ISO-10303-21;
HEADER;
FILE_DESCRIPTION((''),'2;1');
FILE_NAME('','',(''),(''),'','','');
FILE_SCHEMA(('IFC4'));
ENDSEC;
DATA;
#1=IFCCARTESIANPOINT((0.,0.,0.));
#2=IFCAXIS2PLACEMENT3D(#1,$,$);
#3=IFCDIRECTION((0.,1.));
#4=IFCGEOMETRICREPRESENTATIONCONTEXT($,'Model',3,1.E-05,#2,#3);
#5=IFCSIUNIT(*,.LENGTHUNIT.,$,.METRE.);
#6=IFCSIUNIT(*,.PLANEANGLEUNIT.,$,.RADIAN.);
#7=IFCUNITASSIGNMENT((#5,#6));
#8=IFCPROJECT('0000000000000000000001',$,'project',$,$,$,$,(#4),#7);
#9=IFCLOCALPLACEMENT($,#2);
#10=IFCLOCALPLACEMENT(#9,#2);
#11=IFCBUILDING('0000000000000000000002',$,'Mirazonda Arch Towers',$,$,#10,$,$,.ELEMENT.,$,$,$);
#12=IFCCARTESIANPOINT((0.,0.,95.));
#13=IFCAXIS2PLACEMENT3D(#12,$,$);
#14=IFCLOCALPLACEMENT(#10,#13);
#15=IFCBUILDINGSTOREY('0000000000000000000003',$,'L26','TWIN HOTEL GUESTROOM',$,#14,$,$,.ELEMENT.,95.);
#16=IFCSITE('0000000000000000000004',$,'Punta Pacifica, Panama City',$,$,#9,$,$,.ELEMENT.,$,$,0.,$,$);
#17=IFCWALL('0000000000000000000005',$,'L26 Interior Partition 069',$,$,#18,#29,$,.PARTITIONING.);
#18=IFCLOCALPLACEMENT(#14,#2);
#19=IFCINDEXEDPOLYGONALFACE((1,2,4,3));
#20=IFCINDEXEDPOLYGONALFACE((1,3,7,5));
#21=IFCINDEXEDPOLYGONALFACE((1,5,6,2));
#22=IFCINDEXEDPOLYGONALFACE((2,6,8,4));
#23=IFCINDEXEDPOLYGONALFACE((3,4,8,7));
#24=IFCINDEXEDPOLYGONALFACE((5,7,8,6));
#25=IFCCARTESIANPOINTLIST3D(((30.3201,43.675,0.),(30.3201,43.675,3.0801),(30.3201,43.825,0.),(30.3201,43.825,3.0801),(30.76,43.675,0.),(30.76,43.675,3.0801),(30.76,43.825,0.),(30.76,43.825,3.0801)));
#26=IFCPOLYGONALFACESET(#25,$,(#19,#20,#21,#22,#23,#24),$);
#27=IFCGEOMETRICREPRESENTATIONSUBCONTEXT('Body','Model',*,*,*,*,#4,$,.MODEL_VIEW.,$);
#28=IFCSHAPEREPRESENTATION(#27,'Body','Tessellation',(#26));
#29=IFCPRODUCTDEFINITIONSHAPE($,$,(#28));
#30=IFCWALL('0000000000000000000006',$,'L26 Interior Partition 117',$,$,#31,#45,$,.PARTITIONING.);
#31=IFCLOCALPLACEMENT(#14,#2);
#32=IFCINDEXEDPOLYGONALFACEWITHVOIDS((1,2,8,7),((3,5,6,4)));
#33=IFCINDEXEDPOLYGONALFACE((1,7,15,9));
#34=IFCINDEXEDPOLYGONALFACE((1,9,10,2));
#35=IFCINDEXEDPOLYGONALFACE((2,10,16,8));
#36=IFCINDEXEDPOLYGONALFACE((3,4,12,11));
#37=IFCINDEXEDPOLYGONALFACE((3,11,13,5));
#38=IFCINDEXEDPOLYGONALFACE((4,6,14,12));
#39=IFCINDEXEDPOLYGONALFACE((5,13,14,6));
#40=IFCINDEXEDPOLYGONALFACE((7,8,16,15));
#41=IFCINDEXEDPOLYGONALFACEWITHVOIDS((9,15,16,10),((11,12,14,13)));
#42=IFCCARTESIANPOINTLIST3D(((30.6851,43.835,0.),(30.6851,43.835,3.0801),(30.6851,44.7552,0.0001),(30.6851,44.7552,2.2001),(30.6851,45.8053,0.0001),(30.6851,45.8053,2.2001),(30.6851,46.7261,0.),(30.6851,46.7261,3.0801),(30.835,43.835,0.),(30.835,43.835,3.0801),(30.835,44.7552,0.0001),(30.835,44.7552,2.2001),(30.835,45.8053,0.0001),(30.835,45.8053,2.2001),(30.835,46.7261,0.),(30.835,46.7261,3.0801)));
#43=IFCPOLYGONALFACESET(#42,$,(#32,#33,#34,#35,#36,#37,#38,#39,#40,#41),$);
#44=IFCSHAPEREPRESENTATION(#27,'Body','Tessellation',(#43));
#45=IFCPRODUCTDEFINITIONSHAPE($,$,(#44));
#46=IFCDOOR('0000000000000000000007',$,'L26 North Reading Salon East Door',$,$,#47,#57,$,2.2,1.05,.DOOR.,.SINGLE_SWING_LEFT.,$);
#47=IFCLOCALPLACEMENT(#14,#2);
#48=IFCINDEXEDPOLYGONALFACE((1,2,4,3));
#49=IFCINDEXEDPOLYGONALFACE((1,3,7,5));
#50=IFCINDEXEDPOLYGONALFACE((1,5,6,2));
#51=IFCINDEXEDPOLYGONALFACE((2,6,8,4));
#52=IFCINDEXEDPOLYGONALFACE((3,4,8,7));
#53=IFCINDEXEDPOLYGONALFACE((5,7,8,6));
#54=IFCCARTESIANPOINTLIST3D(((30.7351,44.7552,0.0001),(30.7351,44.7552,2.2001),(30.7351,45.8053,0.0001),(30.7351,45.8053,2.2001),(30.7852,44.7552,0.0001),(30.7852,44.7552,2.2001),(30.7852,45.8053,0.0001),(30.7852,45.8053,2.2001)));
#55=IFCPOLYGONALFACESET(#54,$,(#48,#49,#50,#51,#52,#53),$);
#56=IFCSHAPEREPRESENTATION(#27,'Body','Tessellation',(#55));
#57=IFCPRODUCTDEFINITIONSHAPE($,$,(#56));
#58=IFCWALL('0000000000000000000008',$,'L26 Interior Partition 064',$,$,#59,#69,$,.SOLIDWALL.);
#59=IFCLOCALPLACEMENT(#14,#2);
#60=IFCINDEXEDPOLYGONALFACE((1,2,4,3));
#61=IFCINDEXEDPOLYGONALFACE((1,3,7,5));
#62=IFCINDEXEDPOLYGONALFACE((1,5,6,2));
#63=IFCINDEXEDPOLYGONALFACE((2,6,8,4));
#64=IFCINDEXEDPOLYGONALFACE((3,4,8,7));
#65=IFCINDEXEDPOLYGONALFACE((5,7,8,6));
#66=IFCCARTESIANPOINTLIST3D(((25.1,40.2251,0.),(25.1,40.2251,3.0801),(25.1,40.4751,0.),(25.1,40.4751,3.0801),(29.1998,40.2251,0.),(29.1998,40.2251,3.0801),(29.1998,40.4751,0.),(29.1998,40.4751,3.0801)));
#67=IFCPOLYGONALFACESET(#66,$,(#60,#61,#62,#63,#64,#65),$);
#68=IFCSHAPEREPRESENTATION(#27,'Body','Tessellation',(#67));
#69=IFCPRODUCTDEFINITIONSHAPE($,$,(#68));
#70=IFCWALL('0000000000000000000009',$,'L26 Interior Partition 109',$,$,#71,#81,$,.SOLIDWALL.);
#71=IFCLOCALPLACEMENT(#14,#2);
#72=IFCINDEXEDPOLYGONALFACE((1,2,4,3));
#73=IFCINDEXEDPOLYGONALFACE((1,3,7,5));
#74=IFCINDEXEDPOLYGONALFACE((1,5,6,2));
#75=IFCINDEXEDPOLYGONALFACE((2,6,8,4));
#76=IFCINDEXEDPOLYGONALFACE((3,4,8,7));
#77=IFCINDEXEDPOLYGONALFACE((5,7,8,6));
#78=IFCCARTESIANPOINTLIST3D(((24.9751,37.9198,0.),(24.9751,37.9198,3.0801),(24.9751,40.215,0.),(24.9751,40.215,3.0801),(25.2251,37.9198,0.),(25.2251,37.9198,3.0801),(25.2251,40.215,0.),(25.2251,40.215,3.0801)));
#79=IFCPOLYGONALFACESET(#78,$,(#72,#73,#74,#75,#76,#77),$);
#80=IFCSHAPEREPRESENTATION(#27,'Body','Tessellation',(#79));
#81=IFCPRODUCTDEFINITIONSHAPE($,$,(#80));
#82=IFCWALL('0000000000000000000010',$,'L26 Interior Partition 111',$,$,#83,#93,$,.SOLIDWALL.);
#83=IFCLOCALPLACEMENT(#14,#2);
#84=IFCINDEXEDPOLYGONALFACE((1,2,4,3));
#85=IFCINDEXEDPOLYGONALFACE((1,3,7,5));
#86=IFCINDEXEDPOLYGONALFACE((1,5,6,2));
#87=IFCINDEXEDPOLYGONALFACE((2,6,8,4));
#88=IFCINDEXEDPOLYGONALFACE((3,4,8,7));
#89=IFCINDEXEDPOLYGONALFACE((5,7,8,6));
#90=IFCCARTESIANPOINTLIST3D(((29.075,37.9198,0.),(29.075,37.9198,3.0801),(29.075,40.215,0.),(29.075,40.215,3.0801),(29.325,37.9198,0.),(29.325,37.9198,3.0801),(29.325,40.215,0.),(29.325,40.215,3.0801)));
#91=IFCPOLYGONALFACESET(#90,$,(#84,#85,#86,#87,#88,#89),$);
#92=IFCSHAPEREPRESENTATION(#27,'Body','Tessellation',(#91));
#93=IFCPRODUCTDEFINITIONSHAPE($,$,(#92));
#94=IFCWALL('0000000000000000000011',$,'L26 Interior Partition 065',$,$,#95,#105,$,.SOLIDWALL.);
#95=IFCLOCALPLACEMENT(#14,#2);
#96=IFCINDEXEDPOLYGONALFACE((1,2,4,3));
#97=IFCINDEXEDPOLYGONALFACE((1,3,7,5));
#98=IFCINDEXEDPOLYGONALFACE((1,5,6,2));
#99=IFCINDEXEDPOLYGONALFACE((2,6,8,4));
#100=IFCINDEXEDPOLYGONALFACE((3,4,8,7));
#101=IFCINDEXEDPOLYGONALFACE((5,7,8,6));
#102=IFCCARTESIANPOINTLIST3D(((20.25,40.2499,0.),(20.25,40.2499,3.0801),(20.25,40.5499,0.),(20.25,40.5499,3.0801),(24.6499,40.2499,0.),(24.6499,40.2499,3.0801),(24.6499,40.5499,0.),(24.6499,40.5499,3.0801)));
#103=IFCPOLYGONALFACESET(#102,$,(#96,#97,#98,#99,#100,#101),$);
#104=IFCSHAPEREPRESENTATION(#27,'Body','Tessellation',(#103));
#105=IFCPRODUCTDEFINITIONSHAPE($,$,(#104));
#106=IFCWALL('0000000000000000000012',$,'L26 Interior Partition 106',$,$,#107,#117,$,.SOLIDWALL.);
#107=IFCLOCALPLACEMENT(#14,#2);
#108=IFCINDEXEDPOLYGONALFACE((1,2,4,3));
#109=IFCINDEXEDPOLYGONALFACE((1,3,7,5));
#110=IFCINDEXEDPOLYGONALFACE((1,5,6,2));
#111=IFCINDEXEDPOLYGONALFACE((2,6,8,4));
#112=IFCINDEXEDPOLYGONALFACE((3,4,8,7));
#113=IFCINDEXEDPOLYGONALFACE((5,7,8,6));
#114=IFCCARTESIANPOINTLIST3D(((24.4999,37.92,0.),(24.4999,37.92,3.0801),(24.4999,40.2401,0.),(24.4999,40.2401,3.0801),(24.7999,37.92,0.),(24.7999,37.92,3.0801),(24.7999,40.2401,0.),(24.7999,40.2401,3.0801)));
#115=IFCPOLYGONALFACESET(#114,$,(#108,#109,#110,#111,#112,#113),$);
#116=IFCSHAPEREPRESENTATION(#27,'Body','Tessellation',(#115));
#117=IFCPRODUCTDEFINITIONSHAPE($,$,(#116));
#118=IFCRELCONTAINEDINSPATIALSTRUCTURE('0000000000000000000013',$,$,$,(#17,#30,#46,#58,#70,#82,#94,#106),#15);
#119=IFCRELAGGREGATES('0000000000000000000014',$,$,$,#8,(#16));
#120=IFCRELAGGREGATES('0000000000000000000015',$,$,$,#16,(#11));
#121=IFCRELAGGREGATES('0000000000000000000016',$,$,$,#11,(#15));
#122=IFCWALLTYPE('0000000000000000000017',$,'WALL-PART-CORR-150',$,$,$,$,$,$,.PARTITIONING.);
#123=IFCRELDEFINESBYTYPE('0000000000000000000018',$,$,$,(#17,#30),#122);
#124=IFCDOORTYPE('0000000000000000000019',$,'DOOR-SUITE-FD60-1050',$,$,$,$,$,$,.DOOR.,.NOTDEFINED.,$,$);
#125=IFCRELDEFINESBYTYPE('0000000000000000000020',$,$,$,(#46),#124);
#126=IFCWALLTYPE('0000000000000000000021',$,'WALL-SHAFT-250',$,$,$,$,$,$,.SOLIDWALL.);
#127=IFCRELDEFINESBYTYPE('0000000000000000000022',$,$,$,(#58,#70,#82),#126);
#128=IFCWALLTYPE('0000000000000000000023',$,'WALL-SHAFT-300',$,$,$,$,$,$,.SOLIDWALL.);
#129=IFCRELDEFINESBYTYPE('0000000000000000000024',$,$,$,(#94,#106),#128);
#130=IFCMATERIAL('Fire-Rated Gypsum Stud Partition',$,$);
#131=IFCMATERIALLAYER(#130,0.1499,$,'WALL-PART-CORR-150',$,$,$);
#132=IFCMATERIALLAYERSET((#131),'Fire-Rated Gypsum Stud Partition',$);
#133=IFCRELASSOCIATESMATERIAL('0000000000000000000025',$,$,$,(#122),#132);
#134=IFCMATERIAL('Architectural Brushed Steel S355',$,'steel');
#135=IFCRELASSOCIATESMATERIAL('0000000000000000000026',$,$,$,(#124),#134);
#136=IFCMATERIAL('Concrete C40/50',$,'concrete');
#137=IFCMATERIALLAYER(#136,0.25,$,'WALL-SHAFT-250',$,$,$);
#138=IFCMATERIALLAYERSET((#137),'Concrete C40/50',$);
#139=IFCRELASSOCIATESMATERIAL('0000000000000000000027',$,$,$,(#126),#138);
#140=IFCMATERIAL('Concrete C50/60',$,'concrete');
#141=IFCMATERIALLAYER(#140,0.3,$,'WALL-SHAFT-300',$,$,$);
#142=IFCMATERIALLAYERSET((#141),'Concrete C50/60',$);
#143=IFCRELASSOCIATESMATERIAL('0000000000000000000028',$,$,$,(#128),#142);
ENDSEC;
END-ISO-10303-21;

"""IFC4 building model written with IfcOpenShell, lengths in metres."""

from ifc_helpers import new_model, si_unit, direction, frame, frame_2d, origin, place, context, subcontext, project, spatial, rectangle, extrude, material, layer, layer_set, type_object, element, fill, save


model = new_model("IFC4")

# Units and contexts
model_context = context("Model", 3, precision=1e-05, world=origin(), true_north=direction((0.0, 1.0)))
body_context = subcontext(model_context, "Body", "Model", "MODEL_VIEW")
ifc_project = project(units=[si_unit("LENGTHUNIT", "METRE"), si_unit("PLANEANGLEUNIT", "RADIAN")], contexts=[model_context])

# Site, building, storey
site_placement = place(None, origin())
site = spatial("IfcSite", under=ifc_project, at=site_placement, Name="Punta Pacifica, Panama City", CompositionType="ELEMENT", RefElevation=0.0)
building_placement = place(site_placement, origin())
building = spatial("IfcBuilding", under=site, at=building_placement, Name="Mirazonda Arch Towers", CompositionType="ELEMENT")
storey_placement = place(building_placement, frame((0.0, 0.0, 95.0)))
storey = spatial("IfcBuildingStorey", under=building, at=storey_placement, Name="L26", Description="TWIN HOTEL GUESTROOM", CompositionType="ELEMENT", Elevation=95.0)

# Shared definitions
ifc_material_1 = material(Name="Concrete C50/60", Category="concrete")

# Wall
ifc_material_2 = material(Name="Fire-Rated Gypsum Stud Partition")
ifc_layer_1 = layer(ifc_material_2, 0.1499, Name="WALL-PART-CORR-150")
ifc_layer_set_1 = layer_set([ifc_layer_1], Name="Fire-Rated Gypsum Stud Partition")
wall_type_1 = type_object("IfcWallType", Name="WALL-PART-CORR-150", PredefinedType="PARTITIONING", material=ifc_layer_set_1)
wall_1_placement = place(storey_placement, frame((30.3201, 43.75, 0.0), z_axis=(0.0, 0.0, 1.0), x_axis=(1.0, 0.0, 0.0)))
element("IfcWall", 1, at=wall_1_placement, inside=storey, type_object=wall_type_1, Name="L26 Interior Partition 069", PredefinedType="PARTITIONING", context=body_context, shape_type="SweptSolid", body=[
    extrude(rectangle(XDim=0.4399, YDim=0.1499, at=frame_2d((0.22, 0.0))), origin(), (0.0, 0.0, 1.0), 3.0801),
])

# Wall, opening, door
wall_2_placement = place(storey_placement, frame((30.76, 43.835, 0.0), z_axis=(0.0, 0.0, 1.0), x_axis=(0.0, 1.0, 0.0)))
wall_2 = element("IfcWall", 2, at=wall_2_placement, inside=storey, type_object=wall_type_1, Name="L26 Interior Partition 117", PredefinedType="PARTITIONING", context=body_context, shape_type="SweptSolid", body=[
    extrude(rectangle(XDim=2.8911, YDim=0.1499, at=frame_2d((1.4456, 0.0))), origin(), (0.0, 0.0, 1.0), 3.0801),
])
opening_placement = place(wall_2_placement, frame((0.9204, 0.0, 0.0)))
opening = element("IfcOpeningElement", 3, at=opening_placement, cuts=wall_2, PredefinedType="OPENING", context=body_context, shape_type="SweptSolid", body=[
    extrude(rectangle(XDim=1.05, YDim=2.2, at=frame_2d((0.5249, 1.1001))), frame((0.0, 0.085, 0.0), z_axis=(0.0, -1.0, 0.0), x_axis=(1.0, 0.0, 0.0)), (0.0, 0.0, 1.0), 0.1699),
])
ifc_material_3 = material(Name="Architectural Brushed Steel S355", Category="steel")
door_type = type_object("IfcDoorType", Name="DOOR-SUITE-FD60-1050", OperationType="NOTDEFINED", PredefinedType="DOOR", material=ifc_material_3)
door_placement = place(opening_placement, origin())
door = element("IfcDoor", 4, at=door_placement, inside=storey, type_object=door_type, Name="L26 North Reading Salon East Door", OperationType="SINGLE_SWING_LEFT", OverallHeight=2.2, OverallWidth=1.05, PredefinedType="DOOR", context=body_context, shape_type="SweptSolid", body=[
    extrude(rectangle(XDim=1.05, YDim=2.2, at=frame_2d((0.5249, 1.1001))), frame((0.0, 0.0249, 0.0), z_axis=(0.0, -1.0, 0.0), x_axis=(1.0, 0.0, 0.0)), (0.0, 0.0, 1.0), 0.05),
])
fill(opening, door)

# Walls
ifc_material_4 = material(Name="Concrete C40/50", Category="concrete")
ifc_layer_2 = layer(ifc_material_4, 0.25, Name="WALL-SHAFT-250")
ifc_layer_set_2 = layer_set([ifc_layer_2], Name="Concrete C40/50")
wall_type_2 = type_object("IfcWallType", Name="WALL-SHAFT-250", PredefinedType="SOLIDWALL", material=ifc_layer_set_2)
wall_3_placement = place(storey_placement, frame((25.1001, 40.3501, 0.0), z_axis=(0.0, 0.0, 1.0), x_axis=(1.0, 0.0, 0.0)))
element("IfcWall", 5, at=wall_3_placement, inside=storey, type_object=wall_type_2, Name="L26 Interior Partition 064", PredefinedType="SOLIDWALL", context=body_context, shape_type="SweptSolid", body=[
    extrude(rectangle(XDim=4.0999, YDim=0.25, at=frame_2d((2.0498, 0.0))), origin(), (0.0, 0.0, 1.0), 3.0801),
])
for number, where, z_axis, x_axis, name in (
    (6, (25.1001, 37.9199, 0.0), (0.0, 0.0, 1.0), (0.0, 1.0, 0.0), "L26 Interior Partition 109"),
    (7, (29.2, 37.9199, 0.0), (0.0, 0.0, 1.0), (0.0, 1.0, 0.0), "L26 Interior Partition 111"),
):
    element("IfcWall", number, at=place(storey_placement, frame(where, z_axis=z_axis, x_axis=x_axis)), inside=storey, type_object=wall_type_2, Name=name, PredefinedType="SOLIDWALL", context=body_context, shape_type="SweptSolid", body=[
        extrude(rectangle(XDim=2.2952, YDim=0.25, at=frame_2d((1.1475, 0.0))), origin(), (0.0, 0.0, 1.0), 3.0801),
    ])
ifc_layer_3 = layer(ifc_material_1, 0.3, Name="WALL-SHAFT-300")
ifc_layer_set_3 = layer_set([ifc_layer_3], Name="Concrete C50/60")
wall_type_3 = type_object("IfcWallType", Name="WALL-SHAFT-300", PredefinedType="SOLIDWALL", material=ifc_layer_set_3)
wall_4_placement = place(storey_placement, frame((20.25, 40.3999, 0.0), z_axis=(0.0, 0.0, 1.0), x_axis=(1.0, 0.0, 0.0)))
element("IfcWall", 8, at=wall_4_placement, inside=storey, type_object=wall_type_3, Name="L26 Interior Partition 065", PredefinedType="SOLIDWALL", context=body_context, shape_type="SweptSolid", body=[
    extrude(rectangle(XDim=4.3999, YDim=0.3, at=frame_2d((2.2, 0.0))), origin(), (0.0, 0.0, 1.0), 3.0801),
])
wall_5_placement = place(storey_placement, frame((24.6499, 37.9199, 0.0), z_axis=(0.0, 0.0, 1.0), x_axis=(0.0, 1.0, 0.0)))
element("IfcWall", 9, at=wall_5_placement, inside=storey, type_object=wall_type_3, Name="L26 Interior Partition 106", PredefinedType="SOLIDWALL", context=body_context, shape_type="SweptSolid", body=[
    extrude(rectangle(XDim=2.3201, YDim=0.3, at=frame_2d((1.1602, 0.0))), origin(), (0.0, 0.0, 1.0), 3.0801),
])

save(model, "model.ifc")
